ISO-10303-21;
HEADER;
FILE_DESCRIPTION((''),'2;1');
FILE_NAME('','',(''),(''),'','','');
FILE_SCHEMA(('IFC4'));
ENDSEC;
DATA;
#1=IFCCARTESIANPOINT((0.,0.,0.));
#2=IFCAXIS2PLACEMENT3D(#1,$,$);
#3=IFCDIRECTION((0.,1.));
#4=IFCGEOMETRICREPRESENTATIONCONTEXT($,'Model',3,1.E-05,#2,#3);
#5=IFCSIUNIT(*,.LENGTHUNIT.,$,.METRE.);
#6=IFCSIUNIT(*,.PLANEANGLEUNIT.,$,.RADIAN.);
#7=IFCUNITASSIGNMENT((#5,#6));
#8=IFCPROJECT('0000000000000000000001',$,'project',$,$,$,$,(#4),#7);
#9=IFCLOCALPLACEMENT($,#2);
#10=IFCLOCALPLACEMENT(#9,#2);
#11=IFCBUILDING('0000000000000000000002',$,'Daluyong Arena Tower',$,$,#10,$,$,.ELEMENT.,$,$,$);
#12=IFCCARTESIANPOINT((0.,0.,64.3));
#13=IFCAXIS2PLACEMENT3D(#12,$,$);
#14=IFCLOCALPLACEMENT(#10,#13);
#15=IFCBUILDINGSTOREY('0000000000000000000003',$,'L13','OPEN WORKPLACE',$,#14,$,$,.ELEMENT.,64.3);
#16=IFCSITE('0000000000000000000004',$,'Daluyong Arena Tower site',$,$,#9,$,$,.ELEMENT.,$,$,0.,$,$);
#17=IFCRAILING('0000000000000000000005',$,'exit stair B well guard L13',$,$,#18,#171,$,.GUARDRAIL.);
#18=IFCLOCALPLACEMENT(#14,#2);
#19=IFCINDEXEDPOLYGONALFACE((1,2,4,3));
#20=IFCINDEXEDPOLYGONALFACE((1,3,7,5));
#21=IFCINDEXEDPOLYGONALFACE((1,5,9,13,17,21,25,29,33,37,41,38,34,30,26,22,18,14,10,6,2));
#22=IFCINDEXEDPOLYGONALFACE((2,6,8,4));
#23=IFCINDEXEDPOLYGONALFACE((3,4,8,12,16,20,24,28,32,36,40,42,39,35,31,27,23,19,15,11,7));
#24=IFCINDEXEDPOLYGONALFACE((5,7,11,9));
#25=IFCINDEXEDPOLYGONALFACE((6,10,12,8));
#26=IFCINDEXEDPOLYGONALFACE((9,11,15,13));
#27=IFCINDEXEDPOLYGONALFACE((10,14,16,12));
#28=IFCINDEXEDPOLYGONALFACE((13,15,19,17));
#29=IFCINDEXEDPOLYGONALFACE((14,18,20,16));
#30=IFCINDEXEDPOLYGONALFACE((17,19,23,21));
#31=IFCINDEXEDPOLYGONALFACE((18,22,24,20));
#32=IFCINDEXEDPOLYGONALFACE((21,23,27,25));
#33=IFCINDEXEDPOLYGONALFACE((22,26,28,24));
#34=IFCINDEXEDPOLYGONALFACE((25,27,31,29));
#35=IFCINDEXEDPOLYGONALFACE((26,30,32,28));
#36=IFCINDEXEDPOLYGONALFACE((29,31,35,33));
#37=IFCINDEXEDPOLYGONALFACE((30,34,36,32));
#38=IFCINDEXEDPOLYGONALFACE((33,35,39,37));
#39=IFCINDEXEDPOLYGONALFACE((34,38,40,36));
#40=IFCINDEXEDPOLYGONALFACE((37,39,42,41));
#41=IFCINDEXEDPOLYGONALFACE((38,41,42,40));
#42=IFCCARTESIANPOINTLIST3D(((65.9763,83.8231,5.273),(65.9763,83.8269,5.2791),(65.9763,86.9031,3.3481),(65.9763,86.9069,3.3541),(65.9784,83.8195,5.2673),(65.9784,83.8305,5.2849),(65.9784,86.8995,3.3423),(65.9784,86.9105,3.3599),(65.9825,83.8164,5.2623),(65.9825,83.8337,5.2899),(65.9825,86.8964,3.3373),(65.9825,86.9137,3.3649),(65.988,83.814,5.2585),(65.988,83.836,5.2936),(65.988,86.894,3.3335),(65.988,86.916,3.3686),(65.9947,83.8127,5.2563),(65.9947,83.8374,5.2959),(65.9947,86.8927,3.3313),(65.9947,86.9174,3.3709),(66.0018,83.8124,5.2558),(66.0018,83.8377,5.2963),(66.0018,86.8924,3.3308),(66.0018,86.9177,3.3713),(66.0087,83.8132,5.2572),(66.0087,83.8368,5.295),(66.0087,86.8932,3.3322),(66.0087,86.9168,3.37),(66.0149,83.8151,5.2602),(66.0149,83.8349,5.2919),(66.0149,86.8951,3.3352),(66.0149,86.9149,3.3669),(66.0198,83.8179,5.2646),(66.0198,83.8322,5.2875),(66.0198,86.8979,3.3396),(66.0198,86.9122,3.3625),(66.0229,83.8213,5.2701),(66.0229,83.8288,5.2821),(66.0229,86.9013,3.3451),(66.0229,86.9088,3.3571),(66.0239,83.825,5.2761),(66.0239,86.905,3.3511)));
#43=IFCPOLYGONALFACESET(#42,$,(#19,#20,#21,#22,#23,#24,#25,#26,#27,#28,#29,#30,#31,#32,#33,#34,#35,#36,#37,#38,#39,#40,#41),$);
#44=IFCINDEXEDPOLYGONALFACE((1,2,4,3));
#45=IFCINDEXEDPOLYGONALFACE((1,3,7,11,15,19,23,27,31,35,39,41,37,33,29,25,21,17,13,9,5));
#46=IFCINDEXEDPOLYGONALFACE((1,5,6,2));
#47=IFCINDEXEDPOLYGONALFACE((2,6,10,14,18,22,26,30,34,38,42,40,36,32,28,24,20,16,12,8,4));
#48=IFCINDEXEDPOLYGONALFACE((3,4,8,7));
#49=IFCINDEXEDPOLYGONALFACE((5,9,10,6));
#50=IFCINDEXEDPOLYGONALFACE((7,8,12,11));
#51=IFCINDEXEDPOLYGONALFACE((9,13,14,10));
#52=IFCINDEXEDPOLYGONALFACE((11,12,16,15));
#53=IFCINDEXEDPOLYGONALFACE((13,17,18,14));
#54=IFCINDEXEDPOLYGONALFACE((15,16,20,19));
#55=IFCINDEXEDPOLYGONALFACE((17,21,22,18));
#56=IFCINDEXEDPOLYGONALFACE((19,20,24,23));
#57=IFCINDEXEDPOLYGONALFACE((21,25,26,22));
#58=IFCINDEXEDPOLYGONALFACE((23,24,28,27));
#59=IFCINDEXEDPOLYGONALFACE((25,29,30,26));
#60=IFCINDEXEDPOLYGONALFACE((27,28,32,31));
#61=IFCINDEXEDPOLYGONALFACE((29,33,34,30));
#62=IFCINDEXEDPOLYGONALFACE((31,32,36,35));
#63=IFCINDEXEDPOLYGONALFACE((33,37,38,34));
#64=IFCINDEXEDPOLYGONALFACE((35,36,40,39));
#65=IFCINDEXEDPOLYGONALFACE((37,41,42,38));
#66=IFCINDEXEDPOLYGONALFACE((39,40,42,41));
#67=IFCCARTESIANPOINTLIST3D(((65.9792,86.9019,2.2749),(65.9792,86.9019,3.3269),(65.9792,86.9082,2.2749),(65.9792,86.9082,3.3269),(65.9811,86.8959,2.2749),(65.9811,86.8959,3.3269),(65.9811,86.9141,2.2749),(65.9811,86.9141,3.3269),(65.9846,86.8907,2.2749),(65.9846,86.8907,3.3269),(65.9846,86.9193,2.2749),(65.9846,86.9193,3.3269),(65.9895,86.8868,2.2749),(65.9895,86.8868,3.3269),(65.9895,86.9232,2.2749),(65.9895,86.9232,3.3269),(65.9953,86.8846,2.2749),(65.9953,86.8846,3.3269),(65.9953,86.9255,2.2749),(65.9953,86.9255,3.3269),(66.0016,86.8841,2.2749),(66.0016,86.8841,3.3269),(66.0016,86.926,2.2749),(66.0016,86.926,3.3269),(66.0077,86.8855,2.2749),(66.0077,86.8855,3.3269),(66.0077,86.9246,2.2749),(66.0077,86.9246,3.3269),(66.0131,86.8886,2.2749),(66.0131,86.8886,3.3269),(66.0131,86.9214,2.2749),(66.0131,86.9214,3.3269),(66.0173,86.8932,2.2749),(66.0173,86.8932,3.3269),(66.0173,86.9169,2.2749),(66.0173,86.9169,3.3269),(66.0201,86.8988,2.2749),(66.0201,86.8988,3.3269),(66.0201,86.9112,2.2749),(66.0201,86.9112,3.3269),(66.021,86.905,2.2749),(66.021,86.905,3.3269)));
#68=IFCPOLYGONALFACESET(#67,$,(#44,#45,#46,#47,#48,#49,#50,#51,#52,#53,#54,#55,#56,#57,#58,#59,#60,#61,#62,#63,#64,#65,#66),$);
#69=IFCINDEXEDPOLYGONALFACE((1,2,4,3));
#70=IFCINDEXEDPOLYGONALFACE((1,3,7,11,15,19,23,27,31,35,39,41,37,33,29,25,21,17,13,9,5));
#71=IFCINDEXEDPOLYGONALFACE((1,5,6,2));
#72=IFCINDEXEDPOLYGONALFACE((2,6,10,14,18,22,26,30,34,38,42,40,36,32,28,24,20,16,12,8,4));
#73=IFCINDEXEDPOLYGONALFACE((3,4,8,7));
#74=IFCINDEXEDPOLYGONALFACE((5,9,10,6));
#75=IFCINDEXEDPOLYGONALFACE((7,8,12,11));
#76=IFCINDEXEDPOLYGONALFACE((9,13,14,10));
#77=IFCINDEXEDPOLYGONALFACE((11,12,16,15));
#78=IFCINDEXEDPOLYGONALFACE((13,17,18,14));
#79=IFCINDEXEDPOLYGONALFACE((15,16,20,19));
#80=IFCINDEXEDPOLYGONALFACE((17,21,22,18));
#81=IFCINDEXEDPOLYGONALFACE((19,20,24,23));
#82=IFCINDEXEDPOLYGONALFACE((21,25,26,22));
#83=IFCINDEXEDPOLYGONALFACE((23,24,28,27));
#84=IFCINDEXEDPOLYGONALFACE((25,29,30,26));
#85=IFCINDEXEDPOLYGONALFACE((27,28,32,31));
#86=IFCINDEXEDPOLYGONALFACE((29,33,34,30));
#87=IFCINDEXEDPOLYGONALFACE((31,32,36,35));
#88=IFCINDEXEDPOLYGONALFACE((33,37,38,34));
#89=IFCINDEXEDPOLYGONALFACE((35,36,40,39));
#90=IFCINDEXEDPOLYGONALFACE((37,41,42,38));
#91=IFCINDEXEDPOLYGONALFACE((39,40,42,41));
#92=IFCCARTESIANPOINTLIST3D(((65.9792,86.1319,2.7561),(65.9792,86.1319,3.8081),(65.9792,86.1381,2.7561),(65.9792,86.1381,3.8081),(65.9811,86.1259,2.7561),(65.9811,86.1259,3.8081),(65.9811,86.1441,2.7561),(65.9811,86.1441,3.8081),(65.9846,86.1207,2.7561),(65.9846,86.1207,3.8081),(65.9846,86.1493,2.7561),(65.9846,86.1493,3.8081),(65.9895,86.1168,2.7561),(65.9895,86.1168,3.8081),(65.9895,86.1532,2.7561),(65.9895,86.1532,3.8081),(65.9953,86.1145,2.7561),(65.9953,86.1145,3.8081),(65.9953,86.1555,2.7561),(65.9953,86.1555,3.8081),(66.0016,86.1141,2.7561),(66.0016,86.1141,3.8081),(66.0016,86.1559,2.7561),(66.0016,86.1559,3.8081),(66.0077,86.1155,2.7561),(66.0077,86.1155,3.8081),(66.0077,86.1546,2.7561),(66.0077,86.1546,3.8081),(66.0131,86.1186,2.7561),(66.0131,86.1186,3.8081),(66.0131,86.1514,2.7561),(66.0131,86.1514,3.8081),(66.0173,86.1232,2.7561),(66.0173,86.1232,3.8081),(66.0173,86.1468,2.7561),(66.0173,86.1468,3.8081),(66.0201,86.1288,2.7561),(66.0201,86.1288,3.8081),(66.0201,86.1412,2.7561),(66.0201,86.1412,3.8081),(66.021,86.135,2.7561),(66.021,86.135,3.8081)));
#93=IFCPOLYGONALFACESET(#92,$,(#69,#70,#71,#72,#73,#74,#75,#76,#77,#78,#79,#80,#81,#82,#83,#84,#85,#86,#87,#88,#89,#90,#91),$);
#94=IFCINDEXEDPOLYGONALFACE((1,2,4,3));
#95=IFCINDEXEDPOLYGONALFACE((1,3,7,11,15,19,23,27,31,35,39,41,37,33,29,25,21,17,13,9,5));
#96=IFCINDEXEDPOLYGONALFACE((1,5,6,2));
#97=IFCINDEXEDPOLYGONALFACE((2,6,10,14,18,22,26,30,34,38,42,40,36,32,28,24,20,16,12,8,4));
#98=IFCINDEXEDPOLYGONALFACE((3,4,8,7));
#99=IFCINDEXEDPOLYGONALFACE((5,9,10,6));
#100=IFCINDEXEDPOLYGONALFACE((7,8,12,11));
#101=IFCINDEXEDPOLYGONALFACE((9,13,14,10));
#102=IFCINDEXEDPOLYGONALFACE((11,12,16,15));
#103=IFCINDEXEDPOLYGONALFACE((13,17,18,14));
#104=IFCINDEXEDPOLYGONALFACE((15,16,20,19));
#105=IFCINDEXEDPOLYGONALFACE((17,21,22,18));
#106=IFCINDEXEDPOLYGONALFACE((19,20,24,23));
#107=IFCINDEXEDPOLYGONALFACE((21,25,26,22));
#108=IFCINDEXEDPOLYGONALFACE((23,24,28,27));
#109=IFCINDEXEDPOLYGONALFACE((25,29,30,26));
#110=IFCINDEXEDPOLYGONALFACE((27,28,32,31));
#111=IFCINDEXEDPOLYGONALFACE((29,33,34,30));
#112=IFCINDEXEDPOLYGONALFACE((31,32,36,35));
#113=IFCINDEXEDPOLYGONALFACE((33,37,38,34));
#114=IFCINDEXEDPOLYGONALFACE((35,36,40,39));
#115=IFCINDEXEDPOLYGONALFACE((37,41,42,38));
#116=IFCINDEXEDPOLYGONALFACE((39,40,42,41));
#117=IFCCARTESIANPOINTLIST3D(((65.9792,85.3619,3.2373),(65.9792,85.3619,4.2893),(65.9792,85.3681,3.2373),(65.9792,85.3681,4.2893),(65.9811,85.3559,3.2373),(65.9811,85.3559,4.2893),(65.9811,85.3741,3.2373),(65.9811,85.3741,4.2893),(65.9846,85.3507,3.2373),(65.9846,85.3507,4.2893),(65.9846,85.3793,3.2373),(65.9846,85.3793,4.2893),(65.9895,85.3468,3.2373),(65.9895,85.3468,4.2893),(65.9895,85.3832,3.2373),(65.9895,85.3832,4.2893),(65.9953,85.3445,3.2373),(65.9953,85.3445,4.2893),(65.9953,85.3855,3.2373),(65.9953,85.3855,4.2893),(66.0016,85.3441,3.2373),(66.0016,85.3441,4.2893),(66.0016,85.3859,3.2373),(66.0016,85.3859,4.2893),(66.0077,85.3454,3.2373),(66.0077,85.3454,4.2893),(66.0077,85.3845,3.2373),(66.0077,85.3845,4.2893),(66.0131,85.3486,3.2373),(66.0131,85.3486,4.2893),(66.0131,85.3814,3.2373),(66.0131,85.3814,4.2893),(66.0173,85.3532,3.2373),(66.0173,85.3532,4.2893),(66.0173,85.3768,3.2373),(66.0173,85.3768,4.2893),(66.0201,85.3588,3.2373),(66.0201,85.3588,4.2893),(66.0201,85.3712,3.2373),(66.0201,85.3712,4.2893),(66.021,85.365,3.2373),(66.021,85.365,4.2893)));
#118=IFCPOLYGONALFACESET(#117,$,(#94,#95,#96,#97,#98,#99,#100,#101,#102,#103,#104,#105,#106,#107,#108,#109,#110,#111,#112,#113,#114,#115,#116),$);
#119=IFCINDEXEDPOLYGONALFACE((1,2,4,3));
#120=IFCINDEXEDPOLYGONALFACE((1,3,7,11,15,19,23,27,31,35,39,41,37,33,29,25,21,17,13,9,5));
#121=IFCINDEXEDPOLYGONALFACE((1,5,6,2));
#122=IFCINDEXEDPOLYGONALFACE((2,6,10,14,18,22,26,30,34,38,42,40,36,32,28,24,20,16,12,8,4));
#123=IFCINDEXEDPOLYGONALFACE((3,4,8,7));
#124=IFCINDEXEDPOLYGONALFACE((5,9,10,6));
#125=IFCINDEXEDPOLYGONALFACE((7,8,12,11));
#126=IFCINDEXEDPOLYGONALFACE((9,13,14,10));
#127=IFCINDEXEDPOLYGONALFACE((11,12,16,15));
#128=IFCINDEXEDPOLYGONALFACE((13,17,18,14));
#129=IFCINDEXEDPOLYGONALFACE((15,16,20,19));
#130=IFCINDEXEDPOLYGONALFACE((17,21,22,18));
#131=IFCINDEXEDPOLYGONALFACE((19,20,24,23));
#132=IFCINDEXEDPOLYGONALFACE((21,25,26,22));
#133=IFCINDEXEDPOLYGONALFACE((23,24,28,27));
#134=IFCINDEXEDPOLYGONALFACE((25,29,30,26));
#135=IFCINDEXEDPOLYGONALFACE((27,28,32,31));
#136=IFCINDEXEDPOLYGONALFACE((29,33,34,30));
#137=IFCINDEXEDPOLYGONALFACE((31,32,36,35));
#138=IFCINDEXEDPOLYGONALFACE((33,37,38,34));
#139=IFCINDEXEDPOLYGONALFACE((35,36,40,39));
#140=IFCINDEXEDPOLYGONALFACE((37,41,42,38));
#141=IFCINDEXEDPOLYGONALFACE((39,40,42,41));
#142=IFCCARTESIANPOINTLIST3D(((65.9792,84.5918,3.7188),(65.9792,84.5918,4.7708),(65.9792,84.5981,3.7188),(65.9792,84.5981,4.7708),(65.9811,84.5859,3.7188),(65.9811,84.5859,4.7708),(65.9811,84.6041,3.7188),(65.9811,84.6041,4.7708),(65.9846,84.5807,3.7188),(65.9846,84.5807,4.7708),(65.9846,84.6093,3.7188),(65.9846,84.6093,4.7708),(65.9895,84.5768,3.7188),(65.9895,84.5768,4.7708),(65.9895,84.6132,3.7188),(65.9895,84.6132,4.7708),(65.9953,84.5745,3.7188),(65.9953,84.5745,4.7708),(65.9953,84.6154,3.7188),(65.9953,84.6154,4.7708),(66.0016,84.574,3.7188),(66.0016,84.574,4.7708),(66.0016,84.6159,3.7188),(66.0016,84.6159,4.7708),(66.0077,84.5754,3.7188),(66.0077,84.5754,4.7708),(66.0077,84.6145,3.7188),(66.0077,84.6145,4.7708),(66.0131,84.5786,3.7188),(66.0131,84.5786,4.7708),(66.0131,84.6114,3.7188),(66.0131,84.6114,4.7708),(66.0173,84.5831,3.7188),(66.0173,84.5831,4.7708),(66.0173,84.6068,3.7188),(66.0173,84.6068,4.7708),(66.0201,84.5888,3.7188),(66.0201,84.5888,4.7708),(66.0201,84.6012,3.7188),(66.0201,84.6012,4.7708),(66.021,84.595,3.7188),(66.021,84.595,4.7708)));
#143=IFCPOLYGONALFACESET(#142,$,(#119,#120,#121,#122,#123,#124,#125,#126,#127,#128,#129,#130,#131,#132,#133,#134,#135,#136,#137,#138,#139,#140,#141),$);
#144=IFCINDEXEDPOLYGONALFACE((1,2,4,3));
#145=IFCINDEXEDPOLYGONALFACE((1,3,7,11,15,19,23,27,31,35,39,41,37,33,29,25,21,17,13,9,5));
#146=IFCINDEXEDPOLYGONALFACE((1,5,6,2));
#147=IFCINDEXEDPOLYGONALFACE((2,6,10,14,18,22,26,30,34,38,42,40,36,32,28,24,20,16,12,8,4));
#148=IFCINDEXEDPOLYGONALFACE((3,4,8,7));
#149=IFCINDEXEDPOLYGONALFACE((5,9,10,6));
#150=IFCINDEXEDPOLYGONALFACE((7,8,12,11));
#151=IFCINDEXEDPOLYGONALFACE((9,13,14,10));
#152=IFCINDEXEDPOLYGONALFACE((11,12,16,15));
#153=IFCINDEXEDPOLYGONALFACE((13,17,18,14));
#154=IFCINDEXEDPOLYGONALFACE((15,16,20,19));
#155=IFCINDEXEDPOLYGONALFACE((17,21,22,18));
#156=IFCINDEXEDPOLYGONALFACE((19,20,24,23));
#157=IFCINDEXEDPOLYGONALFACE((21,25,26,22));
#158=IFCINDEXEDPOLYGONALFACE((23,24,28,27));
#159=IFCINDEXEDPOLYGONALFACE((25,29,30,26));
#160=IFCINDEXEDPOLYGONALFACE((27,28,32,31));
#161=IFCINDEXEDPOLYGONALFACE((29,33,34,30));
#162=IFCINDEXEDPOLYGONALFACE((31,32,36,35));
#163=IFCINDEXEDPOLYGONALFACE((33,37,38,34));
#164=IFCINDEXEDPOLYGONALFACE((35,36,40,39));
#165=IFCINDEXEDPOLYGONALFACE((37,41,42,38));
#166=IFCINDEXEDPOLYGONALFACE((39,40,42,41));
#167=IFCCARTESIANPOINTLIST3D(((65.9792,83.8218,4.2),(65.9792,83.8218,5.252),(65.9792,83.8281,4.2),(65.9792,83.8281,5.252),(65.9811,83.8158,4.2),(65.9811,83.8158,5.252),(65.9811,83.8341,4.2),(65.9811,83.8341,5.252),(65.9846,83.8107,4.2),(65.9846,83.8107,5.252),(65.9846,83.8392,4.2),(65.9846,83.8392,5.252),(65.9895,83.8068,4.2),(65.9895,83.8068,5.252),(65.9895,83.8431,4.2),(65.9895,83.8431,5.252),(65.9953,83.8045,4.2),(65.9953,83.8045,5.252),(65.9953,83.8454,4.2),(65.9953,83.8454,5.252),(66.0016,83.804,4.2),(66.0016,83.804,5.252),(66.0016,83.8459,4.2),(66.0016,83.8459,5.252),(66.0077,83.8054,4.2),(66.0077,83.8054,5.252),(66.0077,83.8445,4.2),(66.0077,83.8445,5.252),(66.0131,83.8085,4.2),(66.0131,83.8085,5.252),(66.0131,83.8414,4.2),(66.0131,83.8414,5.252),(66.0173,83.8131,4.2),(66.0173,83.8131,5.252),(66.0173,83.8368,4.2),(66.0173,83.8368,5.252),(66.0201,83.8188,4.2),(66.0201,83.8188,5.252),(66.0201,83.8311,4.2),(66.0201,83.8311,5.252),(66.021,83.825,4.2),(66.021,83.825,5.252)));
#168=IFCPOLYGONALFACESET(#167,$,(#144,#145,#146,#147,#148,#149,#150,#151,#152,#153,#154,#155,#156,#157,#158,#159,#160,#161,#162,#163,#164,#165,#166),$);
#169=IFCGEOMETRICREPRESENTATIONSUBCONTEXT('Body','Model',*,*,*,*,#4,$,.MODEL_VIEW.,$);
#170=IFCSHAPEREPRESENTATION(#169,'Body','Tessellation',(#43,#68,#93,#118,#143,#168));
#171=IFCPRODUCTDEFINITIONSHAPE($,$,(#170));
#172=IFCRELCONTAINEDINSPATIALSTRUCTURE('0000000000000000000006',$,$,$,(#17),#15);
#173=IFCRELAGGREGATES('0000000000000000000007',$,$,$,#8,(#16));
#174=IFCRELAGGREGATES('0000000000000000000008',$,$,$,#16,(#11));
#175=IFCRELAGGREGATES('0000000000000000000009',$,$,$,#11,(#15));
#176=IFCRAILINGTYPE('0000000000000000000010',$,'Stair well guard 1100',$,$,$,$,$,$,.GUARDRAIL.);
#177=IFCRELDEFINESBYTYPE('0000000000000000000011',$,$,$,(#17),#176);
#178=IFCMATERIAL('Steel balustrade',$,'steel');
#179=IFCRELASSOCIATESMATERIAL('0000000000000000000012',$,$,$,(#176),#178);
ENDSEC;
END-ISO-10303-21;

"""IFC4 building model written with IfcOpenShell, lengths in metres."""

from ifc_helpers import new_model, si_unit, direction, frame, origin, origin_2d, place, context, subcontext, project, spatial, circle, extrude, material, type_object, element, save


model = new_model("IFC4")

# Units and contexts
model_context = context("Model", 3, precision=1e-05, world=origin(), true_north=direction((0.0, 1.0)))
body_context = subcontext(model_context, "Body", "Model", "MODEL_VIEW")
ifc_project = project(units=[si_unit("LENGTHUNIT", "METRE"), si_unit("PLANEANGLEUNIT", "RADIAN")], contexts=[model_context])

# Site, building, storey
site_placement = place(None, origin())
site = spatial("IfcSite", under=ifc_project, at=site_placement, Name="Daluyong Arena Tower site", CompositionType="ELEMENT", RefElevation=0.0)
building_placement = place(site_placement, origin())
building = spatial("IfcBuilding", under=site, at=building_placement, Name="Daluyong Arena Tower", CompositionType="ELEMENT")
storey_placement = place(building_placement, frame((0.0, 0.0, 64.3)))
storey = spatial("IfcBuildingStorey", under=building, at=storey_placement, Name="L13", Description="OPEN WORKPLACE", CompositionType="ELEMENT", Elevation=64.3)

# Railing
ifc_material_1 = material(Name="Steel balustrade", Category="steel")
railing_type_1 = type_object("IfcRailingType", Name="Stair well guard 1100", PredefinedType="GUARDRAIL", material=ifc_material_1)
railing_1_placement = place(storey_placement, frame((66.0, 86.905, 2.2749)))
element("IfcRailing", 1, at=railing_1_placement, inside=storey, type_object=railing_type_1, Name="exit stair B well guard L13", PredefinedType="GUARDRAIL", context=body_context, shape_type="SweptSolid", body=[
    extrude(circle(Radius=0.0239, at=origin_2d()), frame((0.0, 0.0, 1.0762), z_axis=(0.0, -0.847998, 0.529999), x_axis=(1.0, 0.0, 0.0)), (0.0, 0.0, 1.0), 3.6321),
    extrude(circle(Radius=0.021, at=origin_2d()), origin(), (0.0, 0.0, 1.0), 1.052),
    extrude(circle(Radius=0.021, at=origin_2d()), frame((0.0, -0.77, 0.4812)), (0.0, 0.0, 1.0), 1.052),
    extrude(circle(Radius=0.021, at=origin_2d()), frame((0.0, -1.54, 0.9624)), (0.0, 0.0, 1.0), 1.052),
    extrude(circle(Radius=0.021, at=origin_2d()), frame((0.0, -2.3101, 1.4438)), (0.0, 0.0, 1.0), 1.052),
    extrude(circle(Radius=0.021, at=origin_2d()), frame((0.0, -3.0801, 1.925)), (0.0, 0.0, 1.0), 1.052),
])

save(model, "model.ifc")
